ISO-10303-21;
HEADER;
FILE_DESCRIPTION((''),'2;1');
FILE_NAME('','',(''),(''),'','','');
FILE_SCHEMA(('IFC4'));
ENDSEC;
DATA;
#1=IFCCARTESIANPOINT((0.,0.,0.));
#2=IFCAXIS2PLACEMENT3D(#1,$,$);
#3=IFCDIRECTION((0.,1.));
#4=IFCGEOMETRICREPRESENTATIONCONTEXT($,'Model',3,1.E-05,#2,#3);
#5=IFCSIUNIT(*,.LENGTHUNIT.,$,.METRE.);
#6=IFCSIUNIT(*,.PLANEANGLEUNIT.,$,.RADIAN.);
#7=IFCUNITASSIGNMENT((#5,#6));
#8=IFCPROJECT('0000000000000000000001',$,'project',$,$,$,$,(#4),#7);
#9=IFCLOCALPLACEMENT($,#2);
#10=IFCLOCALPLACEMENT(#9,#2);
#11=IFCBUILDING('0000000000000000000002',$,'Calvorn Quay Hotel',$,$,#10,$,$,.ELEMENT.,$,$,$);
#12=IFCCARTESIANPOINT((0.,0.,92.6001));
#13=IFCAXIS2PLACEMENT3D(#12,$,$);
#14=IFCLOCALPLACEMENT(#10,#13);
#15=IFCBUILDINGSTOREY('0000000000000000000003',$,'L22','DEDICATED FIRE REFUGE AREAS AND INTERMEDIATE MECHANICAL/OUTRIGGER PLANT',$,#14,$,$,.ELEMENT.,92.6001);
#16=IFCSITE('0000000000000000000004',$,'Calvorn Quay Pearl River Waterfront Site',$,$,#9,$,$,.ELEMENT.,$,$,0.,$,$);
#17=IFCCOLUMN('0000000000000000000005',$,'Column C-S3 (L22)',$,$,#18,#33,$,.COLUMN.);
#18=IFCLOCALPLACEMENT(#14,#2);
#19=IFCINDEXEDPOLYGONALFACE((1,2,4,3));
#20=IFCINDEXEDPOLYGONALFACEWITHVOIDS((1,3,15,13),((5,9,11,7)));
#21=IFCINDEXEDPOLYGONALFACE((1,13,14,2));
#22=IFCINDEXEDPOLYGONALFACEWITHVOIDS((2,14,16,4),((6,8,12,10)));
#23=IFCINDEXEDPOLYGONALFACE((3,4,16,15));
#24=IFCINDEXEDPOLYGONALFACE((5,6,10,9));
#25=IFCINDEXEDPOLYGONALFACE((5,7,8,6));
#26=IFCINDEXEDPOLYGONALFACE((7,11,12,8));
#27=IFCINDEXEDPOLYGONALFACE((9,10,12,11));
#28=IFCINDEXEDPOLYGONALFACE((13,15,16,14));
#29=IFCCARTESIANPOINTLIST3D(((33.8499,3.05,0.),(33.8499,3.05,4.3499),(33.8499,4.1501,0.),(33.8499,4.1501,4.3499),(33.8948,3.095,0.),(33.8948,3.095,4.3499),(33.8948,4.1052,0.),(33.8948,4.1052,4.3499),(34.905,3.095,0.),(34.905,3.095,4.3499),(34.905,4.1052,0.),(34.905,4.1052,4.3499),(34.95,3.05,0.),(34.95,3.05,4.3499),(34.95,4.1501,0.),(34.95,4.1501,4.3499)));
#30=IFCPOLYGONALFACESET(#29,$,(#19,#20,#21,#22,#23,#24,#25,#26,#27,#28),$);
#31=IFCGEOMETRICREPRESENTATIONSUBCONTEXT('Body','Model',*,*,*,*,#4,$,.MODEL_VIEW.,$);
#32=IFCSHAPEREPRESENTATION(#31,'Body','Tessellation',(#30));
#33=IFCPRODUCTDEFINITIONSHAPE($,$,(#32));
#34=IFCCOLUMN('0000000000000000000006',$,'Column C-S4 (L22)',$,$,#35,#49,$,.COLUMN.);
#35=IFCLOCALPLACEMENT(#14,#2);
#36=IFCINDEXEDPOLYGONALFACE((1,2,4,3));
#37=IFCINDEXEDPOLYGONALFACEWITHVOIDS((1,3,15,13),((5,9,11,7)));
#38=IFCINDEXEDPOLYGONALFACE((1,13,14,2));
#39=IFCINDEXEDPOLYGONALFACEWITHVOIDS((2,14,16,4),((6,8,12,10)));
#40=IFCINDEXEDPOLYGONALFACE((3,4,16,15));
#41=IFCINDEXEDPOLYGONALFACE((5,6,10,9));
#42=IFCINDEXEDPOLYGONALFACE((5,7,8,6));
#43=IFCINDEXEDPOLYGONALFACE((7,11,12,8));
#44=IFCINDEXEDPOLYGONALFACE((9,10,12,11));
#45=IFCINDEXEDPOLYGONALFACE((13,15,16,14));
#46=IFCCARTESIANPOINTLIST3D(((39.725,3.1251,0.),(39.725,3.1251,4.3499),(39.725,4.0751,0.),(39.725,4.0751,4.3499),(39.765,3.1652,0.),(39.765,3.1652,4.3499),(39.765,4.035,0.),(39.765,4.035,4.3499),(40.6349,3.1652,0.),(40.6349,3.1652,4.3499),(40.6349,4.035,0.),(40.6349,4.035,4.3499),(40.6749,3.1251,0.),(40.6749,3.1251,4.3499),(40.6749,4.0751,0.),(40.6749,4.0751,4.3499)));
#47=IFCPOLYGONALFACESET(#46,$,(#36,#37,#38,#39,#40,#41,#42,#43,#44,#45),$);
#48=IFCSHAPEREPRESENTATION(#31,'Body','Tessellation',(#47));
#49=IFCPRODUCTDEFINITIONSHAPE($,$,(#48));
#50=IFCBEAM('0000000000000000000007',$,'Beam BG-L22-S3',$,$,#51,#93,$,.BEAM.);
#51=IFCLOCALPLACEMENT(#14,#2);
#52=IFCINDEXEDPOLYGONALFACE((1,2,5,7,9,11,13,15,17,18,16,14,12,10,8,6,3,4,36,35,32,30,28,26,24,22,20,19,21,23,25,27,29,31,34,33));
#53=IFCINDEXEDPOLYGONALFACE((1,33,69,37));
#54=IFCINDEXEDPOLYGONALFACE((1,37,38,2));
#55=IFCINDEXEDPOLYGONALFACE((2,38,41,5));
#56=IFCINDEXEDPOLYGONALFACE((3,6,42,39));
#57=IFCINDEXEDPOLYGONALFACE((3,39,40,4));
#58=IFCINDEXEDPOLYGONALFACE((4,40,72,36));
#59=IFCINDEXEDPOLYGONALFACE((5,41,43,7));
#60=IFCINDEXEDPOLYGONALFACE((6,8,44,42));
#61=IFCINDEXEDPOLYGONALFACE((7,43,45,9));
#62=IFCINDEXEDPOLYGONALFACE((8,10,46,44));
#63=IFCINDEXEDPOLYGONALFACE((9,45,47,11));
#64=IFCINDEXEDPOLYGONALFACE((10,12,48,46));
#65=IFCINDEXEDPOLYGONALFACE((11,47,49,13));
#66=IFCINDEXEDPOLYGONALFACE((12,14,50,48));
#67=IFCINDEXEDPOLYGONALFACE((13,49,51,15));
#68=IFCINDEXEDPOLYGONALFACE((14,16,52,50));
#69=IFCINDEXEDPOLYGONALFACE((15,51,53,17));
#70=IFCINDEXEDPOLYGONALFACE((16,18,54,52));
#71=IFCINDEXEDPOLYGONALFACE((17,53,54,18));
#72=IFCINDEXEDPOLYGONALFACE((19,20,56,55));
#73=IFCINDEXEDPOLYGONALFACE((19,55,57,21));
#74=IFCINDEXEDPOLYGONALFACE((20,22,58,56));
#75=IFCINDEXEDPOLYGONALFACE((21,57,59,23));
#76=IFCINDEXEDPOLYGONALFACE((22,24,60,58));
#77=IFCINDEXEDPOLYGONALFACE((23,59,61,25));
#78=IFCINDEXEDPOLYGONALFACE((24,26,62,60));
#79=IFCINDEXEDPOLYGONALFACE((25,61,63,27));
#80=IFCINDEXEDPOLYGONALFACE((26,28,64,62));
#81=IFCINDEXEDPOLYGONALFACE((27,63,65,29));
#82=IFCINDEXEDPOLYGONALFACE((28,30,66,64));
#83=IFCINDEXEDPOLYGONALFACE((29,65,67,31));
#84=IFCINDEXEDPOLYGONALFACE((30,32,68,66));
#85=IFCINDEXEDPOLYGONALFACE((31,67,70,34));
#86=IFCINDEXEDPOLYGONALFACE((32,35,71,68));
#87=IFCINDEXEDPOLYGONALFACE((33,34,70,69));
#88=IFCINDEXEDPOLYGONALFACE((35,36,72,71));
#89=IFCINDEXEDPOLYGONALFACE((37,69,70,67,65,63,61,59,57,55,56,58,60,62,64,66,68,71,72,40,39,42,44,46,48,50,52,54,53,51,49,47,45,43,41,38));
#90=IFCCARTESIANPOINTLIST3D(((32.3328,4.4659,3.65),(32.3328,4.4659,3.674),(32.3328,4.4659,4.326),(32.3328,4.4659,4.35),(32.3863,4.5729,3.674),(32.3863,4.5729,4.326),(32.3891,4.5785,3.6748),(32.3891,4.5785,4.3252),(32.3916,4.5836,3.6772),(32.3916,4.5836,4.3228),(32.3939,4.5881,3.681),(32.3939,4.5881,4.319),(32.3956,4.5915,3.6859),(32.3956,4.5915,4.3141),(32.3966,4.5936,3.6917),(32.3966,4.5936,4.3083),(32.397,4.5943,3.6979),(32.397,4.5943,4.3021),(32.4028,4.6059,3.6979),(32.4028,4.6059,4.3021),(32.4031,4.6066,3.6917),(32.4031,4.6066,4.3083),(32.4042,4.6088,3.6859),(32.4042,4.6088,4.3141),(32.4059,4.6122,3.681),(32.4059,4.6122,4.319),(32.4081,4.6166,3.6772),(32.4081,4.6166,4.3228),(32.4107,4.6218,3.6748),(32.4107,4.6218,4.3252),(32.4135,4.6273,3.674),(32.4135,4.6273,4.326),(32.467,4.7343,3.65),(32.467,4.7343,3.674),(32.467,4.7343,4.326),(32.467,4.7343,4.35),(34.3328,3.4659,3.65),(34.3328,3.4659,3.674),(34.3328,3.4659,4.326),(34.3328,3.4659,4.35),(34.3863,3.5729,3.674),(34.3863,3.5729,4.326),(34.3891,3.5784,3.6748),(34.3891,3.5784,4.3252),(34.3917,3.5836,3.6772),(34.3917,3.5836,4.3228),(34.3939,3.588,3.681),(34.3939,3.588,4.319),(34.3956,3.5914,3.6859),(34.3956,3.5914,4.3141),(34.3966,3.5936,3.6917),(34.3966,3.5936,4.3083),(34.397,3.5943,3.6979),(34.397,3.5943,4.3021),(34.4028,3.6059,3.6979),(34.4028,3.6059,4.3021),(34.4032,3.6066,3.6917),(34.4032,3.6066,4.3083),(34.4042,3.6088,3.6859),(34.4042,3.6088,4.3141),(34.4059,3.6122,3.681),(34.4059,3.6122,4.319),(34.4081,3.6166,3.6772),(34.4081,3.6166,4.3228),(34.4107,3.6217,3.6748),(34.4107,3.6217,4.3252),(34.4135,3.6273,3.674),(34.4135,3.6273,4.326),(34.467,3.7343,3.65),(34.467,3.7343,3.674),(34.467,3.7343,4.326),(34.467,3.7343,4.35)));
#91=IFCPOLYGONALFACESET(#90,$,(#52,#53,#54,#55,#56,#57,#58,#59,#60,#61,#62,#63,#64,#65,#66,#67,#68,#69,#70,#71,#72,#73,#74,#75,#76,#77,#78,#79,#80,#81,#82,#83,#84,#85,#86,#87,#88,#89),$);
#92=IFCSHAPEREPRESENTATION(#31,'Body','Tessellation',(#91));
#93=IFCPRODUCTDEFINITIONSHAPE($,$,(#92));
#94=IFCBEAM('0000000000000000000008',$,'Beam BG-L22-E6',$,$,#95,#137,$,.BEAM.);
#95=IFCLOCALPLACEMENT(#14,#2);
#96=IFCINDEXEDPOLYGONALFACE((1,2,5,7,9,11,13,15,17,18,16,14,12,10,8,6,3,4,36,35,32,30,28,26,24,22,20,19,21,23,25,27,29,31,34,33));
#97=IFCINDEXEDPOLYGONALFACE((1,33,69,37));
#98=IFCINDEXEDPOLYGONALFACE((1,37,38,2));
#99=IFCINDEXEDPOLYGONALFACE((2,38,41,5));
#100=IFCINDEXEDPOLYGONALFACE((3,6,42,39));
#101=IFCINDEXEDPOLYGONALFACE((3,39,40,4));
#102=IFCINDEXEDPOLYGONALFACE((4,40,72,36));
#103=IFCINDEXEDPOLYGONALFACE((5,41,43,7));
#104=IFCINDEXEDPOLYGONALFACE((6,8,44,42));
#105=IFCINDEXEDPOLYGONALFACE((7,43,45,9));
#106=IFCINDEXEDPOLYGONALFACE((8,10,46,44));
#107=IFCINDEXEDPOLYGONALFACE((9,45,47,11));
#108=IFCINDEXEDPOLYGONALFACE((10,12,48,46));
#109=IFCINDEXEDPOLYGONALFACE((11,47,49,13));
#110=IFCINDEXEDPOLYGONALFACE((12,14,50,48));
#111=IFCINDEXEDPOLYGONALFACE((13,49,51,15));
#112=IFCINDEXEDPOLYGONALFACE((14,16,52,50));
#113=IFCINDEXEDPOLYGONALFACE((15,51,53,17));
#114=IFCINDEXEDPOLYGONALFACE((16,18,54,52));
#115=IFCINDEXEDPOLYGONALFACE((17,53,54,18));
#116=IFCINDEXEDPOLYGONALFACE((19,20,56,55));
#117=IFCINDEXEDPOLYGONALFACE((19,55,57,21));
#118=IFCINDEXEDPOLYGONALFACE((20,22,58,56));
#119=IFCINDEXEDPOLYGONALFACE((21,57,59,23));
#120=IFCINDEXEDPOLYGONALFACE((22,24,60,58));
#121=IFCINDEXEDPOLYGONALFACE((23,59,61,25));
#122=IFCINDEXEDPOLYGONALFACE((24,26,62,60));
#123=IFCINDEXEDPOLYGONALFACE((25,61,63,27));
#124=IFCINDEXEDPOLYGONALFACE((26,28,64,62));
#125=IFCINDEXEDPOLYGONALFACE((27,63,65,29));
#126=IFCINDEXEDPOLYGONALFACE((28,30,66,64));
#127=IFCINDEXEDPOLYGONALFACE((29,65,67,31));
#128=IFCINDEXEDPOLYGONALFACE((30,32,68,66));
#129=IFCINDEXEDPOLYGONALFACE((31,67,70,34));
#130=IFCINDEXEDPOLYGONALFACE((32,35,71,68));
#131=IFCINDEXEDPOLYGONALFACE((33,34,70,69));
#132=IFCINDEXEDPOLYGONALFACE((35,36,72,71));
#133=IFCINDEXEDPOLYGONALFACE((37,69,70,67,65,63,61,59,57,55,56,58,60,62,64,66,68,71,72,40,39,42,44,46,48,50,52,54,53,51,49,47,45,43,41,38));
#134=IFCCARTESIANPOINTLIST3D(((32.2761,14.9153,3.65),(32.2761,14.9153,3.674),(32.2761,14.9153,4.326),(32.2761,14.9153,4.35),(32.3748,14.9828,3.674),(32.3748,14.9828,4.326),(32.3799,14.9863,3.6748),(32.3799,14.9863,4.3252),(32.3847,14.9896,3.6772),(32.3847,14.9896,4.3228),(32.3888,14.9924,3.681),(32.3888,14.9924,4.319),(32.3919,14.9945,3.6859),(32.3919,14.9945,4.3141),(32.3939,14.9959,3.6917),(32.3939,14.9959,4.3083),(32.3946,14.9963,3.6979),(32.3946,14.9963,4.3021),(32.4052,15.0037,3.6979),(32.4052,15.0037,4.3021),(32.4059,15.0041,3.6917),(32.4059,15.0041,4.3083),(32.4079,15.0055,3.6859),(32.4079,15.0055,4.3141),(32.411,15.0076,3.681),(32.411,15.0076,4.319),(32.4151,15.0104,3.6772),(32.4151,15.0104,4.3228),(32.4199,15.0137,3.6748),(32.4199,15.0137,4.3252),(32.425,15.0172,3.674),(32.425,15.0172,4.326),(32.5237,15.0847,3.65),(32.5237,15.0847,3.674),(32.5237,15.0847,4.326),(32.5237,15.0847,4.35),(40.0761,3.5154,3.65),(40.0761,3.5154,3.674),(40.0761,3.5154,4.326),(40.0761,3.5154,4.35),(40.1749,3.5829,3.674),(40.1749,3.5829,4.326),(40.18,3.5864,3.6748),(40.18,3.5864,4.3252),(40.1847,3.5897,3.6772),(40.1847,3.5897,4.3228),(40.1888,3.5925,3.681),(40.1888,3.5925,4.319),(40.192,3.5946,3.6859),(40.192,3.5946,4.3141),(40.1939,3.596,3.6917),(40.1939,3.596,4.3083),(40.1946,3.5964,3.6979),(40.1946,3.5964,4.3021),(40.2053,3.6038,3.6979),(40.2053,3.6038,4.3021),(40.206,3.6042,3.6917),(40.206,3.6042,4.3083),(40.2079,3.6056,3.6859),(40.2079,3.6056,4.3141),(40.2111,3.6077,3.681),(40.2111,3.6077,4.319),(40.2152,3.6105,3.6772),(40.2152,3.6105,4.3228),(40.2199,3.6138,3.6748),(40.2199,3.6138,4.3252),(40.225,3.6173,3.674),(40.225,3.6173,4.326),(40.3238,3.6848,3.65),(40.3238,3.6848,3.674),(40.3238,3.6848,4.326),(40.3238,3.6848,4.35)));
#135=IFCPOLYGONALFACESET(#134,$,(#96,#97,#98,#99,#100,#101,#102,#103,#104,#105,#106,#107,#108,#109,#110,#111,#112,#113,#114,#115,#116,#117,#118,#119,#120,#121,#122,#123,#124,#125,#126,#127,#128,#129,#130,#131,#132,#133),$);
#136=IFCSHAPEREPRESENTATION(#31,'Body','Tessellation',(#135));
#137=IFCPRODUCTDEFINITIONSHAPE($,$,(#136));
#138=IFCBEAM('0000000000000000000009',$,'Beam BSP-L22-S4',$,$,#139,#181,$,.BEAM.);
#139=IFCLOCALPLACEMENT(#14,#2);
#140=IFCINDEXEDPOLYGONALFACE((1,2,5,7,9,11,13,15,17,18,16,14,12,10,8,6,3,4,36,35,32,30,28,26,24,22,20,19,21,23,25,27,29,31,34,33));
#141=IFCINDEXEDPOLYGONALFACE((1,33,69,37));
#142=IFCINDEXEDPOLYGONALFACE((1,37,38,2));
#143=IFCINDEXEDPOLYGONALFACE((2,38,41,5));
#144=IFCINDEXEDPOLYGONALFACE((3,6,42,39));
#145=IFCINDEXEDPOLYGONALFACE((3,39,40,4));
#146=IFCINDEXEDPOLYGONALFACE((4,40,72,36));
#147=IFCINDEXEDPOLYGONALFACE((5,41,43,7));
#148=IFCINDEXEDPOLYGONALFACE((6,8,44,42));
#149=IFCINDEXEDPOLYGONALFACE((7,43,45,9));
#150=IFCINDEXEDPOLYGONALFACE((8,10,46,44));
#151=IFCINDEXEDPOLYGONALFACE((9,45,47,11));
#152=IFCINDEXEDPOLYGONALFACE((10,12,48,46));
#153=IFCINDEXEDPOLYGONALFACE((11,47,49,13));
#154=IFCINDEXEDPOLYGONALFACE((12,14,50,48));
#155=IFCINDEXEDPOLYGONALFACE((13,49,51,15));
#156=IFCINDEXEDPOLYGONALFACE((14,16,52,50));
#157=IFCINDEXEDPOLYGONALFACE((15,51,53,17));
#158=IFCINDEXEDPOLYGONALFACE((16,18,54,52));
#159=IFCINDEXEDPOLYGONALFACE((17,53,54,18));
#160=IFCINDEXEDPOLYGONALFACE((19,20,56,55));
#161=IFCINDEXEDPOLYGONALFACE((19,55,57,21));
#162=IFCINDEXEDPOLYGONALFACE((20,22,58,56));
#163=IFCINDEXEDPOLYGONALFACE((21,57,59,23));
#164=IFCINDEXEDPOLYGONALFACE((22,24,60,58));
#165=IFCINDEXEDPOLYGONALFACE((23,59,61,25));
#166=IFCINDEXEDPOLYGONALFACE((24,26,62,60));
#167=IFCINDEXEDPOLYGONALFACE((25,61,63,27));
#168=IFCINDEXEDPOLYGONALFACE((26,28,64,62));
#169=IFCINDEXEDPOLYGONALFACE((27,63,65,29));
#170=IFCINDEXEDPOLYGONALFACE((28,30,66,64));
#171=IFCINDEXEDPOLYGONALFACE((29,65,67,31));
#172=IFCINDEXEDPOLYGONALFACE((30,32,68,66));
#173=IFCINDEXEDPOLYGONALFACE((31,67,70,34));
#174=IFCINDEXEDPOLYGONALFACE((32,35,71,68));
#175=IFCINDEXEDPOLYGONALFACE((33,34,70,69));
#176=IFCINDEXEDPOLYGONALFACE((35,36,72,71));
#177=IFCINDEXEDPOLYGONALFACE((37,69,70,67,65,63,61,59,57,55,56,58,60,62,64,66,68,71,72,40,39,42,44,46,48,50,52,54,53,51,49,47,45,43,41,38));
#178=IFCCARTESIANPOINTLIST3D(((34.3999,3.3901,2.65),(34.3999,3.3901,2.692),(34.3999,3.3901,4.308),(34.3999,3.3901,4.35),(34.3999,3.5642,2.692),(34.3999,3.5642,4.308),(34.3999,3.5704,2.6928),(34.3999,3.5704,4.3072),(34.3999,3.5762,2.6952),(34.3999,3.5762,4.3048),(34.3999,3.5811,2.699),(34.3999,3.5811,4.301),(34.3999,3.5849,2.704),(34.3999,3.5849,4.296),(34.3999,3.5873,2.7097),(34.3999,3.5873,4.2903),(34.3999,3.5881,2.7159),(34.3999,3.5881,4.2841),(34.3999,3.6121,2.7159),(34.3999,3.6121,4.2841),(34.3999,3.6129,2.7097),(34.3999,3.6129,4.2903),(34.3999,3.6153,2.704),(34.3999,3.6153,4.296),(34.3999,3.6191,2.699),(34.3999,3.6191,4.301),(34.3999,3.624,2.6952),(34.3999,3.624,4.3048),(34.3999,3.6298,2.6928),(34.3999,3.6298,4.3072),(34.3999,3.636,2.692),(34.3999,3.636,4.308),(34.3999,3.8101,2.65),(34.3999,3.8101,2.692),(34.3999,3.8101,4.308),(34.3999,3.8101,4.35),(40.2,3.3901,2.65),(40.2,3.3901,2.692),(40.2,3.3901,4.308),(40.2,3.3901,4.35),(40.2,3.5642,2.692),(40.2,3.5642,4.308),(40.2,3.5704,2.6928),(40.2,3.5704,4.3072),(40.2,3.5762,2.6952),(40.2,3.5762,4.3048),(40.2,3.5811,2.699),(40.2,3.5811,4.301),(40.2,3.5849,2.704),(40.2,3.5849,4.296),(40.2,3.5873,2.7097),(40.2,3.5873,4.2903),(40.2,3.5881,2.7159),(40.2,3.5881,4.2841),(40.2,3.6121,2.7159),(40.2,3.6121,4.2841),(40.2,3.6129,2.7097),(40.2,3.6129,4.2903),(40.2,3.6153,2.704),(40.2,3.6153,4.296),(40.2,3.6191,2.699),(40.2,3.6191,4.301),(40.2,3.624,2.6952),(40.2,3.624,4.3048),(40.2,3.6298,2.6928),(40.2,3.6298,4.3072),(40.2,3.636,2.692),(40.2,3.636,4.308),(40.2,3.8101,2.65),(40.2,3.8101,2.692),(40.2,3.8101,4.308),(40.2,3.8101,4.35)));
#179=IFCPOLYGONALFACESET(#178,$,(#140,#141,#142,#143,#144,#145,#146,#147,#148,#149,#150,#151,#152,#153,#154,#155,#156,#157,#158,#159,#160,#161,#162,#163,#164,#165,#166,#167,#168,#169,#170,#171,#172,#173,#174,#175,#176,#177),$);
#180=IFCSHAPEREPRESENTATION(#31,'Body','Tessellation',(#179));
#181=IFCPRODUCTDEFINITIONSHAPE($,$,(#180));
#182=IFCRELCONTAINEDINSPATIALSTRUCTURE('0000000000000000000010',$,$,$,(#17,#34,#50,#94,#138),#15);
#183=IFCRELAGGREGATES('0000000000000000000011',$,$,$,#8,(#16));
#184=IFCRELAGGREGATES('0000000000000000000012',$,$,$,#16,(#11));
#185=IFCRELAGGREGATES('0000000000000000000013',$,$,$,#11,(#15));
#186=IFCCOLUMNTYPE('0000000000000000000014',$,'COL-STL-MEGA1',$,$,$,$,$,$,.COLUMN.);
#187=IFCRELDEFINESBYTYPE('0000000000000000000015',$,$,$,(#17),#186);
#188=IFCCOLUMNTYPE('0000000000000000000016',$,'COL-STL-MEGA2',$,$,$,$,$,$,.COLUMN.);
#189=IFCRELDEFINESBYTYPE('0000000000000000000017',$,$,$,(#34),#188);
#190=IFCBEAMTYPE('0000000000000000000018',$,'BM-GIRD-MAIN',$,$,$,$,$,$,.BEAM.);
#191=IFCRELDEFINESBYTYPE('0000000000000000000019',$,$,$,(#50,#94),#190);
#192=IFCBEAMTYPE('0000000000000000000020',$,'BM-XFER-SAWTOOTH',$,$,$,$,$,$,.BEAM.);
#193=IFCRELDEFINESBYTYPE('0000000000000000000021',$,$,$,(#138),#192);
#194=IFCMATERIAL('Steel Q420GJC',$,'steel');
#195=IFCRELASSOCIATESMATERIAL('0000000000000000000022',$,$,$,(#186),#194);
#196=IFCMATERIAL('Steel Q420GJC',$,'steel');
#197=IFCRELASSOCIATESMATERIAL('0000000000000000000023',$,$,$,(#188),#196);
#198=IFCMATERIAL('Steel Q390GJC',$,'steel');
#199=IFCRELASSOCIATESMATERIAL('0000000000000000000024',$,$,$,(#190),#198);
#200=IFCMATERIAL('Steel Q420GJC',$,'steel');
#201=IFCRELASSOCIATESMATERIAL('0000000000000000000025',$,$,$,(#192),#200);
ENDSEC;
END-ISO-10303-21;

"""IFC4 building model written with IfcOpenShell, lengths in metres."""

from ifc_helpers import new_model, si_unit, direction, frame, origin, origin_2d, place, context, subcontext, project, spatial, hollow_rectangle, i_section, extrude, material, material_profile, profile_set, type_object, element, save


model = new_model("IFC4")

# Units and contexts
model_context = context("Model", 3, precision=1e-05, world=origin(), true_north=direction((0.0, 1.0)))
body_context = subcontext(model_context, "Body", "Model", "MODEL_VIEW")
ifc_project = project(units=[si_unit("LENGTHUNIT", "METRE"), si_unit("PLANEANGLEUNIT", "RADIAN")], contexts=[model_context])

# Site, building, storey
site_placement = place(None, origin())
site = spatial("IfcSite", under=ifc_project, at=site_placement, Name="Calvorn Quay Pearl River Waterfront Site", CompositionType="ELEMENT", RefElevation=0.0)
building_placement = place(site_placement, origin())
building = spatial("IfcBuilding", under=site, at=building_placement, Name="Calvorn Quay Hotel", CompositionType="ELEMENT")
storey_placement = place(building_placement, frame((0.0, 0.0, 92.6001)))
storey = spatial("IfcBuildingStorey", under=building, at=storey_placement, Name="L22", Description="DEDICATED FIRE REFUGE AREAS AND INTERMEDIATE MECHANICAL/OUTRIGGER PLANT", CompositionType="ELEMENT", Elevation=92.6001)

# Columns
ifc_material_1 = material(Name="Steel Q420GJC", Category="steel")
ifc_material_profile_1 = material_profile(ifc_material_1, hollow_rectangle(XDim=1.1001, YDim=1.1001, WallThickness=0.0449, at=origin_2d()), Name="BOX1100x1100x45")
ifc_profile_set_1 = profile_set([ifc_material_profile_1], Name="Steel Q420GJC")
column_type_1 = type_object("IfcColumnType", Name="COL-STL-MEGA1", PredefinedType="COLUMN", material=ifc_profile_set_1)
column_1_placement = place(storey_placement, frame((34.3999, 3.6001, 0.0), z_axis=(0.0, 0.0, 1.0), x_axis=(1.0, 0.0, 0.0)))
element("IfcColumn", 1, at=column_1_placement, inside=storey, type_object=column_type_1, Name="Column C-S3 (L22)", PredefinedType="COLUMN", context=body_context, shape_type="SweptSolid", body=[
    extrude(hollow_rectangle(XDim=1.1001, YDim=1.1001, WallThickness=0.0449, at=origin_2d()), origin(), (0.0, 0.0, 1.0), 4.3499),
])
ifc_material_2 = material(Name="Steel Q420GJC", Category="steel")
ifc_material_profile_2 = material_profile(ifc_material_2, hollow_rectangle(XDim=0.95, YDim=0.95, WallThickness=0.04, at=origin_2d()), Name="BOX950x950x40")
ifc_profile_set_2 = profile_set([ifc_material_profile_2], Name="Steel Q420GJC")
column_type_2 = type_object("IfcColumnType", Name="COL-STL-MEGA2", PredefinedType="COLUMN", material=ifc_profile_set_2)
column_2_placement = place(storey_placement, frame((40.2, 3.6001, 0.0), z_axis=(0.0, 0.0, 1.0), x_axis=(1.0, 0.0, 0.0)))
element("IfcColumn", 2, at=column_2_placement, inside=storey, type_object=column_type_2, Name="Column C-S4 (L22)", PredefinedType="COLUMN", context=body_context, shape_type="SweptSolid", body=[
    extrude(hollow_rectangle(XDim=0.95, YDim=0.95, WallThickness=0.04, at=origin_2d()), origin(), (0.0, 0.0, 1.0), 4.3499),
])

# Beams
ifc_material_3 = material(Name="Steel Q390GJC", Category="steel")
ifc_material_profile_3 = material_profile(ifc_material_3, i_section(OverallWidth=0.3, OverallDepth=0.7, WebThickness=0.0129, FlangeThickness=0.0239, FilletRadius=0.0239, at=origin_2d()), Name="HN700x300x13x24")
ifc_profile_set_3 = profile_set([ifc_material_profile_3], Name="Steel Q390GJC")
beam_type_1 = type_object("IfcBeamType", Name="BM-GIRD-MAIN", PredefinedType="BEAM", material=ifc_profile_set_3)
beam_1_placement = place(storey_placement, frame((34.3999, 3.6001, 4.0), z_axis=(-0.894427, 0.447214, 0.0), x_axis=(-0.447214, -0.894427, 0.0)))
element("IfcBeam", 3, at=beam_1_placement, inside=storey, type_object=beam_type_1, Name="Beam BG-L22-S3", PredefinedType="BEAM", context=body_context, shape_type="SweptSolid", body=[
    extrude(i_section(OverallWidth=0.3, OverallDepth=0.7, WebThickness=0.0129, FlangeThickness=0.0239, FilletRadius=0.0239, at=origin_2d()), origin(), (0.0, 0.0, 1.0), 2.2361),
])
beam_2_placement = place(storey_placement, frame((40.2, 3.6001, 4.0), z_axis=(-0.56469, 0.825303, 0.0), x_axis=(-0.825303, -0.56469, 0.0)))
element("IfcBeam", 4, at=beam_2_placement, inside=storey, type_object=beam_type_1, Name="Beam BG-L22-E6", PredefinedType="BEAM", context=body_context, shape_type="SweptSolid", body=[
    extrude(i_section(OverallWidth=0.3, OverallDepth=0.7, WebThickness=0.0129, FlangeThickness=0.0239, FilletRadius=0.0239, at=origin_2d()), origin(), (0.0, 0.0, 1.0), 13.813),
])
ifc_material_4 = material(Name="Steel Q420GJC", Category="steel")
ifc_material_profile_4 = material_profile(ifc_material_4, i_section(OverallWidth=0.4199, OverallDepth=1.7, WebThickness=0.0239, FlangeThickness=0.042, FilletRadius=0.0239, at=origin_2d()), Name="HN1700x420x24x42")
ifc_profile_set_4 = profile_set([ifc_material_profile_4], Name="Steel Q420GJC")
beam_type_2 = type_object("IfcBeamType", Name="BM-XFER-SAWTOOTH", PredefinedType="BEAM", material=ifc_profile_set_4)
beam_3_placement = place(storey_placement, frame((34.3999, 3.6001, 3.5), z_axis=(1.0, 0.0, 0.0), x_axis=(0.0, 1.0, 0.0)))
element("IfcBeam", 5, at=beam_3_placement, inside=storey, type_object=beam_type_2, Name="Beam BSP-L22-S4", PredefinedType="BEAM", context=body_context, shape_type="SweptSolid", body=[
    extrude(i_section(OverallWidth=0.4199, OverallDepth=1.7, WebThickness=0.0239, FlangeThickness=0.042, FilletRadius=0.0239, at=origin_2d()), origin(), (0.0, 0.0, 1.0), 5.8),
])

save(model, "model.ifc")
